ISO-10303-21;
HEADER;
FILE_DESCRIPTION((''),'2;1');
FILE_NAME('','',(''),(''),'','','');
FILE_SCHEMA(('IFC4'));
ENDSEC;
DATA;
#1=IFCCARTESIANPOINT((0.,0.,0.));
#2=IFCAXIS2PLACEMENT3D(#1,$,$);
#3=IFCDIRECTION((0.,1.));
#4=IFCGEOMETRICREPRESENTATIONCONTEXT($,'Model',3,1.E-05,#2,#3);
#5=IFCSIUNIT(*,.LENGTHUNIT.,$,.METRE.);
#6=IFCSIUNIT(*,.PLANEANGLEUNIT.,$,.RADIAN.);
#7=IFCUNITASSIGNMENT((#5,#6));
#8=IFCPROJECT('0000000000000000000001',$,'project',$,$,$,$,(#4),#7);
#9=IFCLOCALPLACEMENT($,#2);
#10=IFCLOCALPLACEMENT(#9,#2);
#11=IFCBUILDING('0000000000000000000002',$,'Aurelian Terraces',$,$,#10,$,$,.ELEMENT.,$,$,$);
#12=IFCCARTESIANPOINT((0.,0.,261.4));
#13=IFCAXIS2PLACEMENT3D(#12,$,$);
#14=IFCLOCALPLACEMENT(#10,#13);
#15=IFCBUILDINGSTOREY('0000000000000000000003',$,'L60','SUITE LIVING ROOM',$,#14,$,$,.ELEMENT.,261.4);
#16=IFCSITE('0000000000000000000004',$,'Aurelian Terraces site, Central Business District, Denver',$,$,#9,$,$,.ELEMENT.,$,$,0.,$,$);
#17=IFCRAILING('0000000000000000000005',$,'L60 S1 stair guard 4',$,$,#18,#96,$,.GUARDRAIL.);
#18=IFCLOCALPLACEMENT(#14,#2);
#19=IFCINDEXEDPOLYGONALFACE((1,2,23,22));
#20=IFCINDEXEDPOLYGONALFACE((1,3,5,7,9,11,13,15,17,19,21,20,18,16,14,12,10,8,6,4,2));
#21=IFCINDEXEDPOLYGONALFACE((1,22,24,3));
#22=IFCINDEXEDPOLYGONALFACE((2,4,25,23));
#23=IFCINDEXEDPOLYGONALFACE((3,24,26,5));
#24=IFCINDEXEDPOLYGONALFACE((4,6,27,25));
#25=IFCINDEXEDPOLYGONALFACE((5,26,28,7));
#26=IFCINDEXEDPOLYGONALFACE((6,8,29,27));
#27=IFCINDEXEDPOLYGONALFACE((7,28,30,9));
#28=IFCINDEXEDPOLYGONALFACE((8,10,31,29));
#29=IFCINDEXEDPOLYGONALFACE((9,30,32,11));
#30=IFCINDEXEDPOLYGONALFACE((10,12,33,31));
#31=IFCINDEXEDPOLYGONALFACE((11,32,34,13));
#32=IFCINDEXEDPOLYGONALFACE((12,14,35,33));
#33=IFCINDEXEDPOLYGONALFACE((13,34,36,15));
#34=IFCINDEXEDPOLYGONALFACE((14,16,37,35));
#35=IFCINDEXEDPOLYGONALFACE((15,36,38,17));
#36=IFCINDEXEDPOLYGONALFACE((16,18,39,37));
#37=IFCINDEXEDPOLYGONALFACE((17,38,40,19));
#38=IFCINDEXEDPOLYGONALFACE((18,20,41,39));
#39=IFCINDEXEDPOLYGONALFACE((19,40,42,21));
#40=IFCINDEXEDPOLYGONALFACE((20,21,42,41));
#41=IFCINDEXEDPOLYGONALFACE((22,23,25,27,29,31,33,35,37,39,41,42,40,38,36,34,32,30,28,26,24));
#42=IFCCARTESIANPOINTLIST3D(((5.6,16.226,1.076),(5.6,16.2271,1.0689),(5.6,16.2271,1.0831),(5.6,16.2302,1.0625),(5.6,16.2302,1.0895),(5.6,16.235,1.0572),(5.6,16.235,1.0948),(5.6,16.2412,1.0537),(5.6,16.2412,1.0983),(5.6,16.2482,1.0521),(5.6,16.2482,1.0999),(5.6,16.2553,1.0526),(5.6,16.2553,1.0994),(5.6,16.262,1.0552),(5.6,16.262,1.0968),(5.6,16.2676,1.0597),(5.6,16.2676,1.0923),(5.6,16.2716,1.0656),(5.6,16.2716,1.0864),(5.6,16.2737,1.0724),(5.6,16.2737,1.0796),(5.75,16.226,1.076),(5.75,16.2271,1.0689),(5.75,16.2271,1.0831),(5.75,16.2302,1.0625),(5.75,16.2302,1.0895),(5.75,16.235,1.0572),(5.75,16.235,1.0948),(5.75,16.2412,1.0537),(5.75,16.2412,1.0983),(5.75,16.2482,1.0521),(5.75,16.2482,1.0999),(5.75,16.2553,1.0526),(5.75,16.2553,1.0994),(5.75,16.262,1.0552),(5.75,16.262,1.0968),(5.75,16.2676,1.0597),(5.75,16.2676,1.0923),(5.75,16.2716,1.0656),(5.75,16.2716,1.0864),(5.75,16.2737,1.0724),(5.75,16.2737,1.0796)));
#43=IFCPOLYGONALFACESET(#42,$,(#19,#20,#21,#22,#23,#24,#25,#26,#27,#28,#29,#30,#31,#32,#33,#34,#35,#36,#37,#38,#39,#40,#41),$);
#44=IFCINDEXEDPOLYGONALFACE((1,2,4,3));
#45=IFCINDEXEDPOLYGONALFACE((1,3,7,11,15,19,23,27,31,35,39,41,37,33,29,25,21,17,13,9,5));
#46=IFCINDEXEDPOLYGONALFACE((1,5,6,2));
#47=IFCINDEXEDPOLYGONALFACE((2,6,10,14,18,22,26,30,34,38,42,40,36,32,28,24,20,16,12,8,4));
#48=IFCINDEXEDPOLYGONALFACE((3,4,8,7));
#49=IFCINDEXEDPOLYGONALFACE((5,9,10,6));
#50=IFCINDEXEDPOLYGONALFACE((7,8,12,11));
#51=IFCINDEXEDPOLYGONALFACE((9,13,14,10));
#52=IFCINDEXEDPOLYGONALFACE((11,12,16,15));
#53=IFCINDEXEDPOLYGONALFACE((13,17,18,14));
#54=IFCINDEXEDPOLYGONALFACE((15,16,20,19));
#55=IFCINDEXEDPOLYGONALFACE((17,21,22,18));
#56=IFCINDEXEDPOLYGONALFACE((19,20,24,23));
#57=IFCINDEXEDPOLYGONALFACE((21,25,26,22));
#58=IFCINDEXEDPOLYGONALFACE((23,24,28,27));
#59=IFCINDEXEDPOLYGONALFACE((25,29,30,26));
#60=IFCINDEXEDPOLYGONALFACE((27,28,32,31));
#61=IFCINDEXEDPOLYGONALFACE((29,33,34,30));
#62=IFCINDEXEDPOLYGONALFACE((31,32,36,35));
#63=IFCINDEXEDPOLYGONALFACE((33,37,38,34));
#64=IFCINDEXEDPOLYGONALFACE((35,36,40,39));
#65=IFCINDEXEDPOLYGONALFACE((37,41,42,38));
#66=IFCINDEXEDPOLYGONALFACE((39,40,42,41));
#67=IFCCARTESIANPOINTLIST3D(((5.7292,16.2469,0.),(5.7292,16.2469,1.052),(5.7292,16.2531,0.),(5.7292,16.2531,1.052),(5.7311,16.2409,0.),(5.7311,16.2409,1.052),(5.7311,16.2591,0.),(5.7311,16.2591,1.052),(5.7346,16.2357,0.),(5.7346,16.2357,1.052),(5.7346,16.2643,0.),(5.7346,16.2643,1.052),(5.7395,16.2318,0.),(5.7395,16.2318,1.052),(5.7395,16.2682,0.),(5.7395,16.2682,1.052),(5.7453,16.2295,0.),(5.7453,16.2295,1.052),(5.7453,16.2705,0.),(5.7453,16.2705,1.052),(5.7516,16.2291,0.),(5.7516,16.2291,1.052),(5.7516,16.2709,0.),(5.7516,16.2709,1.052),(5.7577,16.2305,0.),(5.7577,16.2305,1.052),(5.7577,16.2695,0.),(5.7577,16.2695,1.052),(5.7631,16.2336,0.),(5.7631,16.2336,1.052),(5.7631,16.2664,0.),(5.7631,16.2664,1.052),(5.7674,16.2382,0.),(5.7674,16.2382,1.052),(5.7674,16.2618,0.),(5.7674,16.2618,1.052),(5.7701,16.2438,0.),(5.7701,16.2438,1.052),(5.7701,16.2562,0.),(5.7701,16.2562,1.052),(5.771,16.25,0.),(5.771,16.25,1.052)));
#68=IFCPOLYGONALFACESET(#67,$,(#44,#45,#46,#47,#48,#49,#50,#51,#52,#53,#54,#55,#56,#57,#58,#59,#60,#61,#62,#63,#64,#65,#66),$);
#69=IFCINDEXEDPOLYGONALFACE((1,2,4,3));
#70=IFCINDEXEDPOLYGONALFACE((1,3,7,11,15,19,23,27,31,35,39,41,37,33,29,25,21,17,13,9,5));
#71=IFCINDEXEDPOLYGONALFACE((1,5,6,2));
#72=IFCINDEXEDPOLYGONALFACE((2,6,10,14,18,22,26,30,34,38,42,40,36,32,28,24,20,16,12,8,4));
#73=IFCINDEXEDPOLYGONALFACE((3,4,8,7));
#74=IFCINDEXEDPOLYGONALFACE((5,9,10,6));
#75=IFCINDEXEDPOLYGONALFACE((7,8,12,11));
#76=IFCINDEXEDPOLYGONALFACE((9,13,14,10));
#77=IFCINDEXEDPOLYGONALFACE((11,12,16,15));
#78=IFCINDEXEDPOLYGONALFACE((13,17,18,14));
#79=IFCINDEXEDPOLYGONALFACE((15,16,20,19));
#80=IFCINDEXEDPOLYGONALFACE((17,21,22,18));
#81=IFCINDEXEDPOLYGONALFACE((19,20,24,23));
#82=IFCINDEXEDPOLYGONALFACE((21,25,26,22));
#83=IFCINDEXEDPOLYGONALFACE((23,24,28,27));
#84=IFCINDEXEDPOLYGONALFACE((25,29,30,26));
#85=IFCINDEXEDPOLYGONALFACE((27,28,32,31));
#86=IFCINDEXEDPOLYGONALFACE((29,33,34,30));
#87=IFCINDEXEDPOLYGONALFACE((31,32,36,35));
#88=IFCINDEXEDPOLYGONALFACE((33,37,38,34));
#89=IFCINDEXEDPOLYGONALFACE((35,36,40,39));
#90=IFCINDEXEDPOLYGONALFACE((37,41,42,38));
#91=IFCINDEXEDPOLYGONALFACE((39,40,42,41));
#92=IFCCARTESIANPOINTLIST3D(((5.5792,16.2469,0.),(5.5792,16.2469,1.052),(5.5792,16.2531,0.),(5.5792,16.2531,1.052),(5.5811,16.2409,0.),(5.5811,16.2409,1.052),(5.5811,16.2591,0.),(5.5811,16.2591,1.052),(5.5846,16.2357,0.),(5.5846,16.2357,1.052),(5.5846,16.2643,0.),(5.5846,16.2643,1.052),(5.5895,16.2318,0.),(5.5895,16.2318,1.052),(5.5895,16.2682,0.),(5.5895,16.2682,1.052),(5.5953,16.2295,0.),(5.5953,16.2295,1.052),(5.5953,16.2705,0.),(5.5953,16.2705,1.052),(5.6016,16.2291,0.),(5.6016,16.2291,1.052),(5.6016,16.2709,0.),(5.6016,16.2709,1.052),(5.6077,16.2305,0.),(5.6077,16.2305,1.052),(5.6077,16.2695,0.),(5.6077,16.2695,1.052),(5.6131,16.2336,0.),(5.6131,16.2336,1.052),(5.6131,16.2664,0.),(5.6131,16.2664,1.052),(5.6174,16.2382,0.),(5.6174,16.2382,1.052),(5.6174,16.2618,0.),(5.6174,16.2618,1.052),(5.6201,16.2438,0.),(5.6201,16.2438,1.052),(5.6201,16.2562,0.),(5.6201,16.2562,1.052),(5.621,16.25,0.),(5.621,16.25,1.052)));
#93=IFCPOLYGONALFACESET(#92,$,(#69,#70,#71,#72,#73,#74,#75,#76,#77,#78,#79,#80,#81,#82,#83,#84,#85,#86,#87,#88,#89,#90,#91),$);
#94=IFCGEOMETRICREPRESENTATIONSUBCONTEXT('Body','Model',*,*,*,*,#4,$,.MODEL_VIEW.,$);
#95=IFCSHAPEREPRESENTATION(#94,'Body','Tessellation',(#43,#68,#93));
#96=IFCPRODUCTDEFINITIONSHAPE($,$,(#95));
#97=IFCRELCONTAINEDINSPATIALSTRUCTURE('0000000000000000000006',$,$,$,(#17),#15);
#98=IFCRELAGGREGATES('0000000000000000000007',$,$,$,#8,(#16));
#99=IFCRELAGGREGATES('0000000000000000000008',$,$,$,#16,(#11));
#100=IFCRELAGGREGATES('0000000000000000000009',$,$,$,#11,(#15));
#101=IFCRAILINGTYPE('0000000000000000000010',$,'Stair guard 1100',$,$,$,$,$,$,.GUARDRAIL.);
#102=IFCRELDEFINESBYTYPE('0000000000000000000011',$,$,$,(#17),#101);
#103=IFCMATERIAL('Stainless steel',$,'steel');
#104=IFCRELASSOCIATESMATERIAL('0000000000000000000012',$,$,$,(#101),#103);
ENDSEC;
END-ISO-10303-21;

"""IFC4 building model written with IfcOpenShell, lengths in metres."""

from ifc_helpers import new_model, si_unit, direction, frame, origin, origin_2d, place, context, subcontext, project, spatial, circle, extrude, source, transform, mapped, material, type_object, element, save


model = new_model("IFC4")

# Units and contexts
model_context = context("Model", 3, precision=1e-05, world=origin(), true_north=direction((0.0, 1.0)))
body_context = subcontext(model_context, "Body", "Model", "MODEL_VIEW")
ifc_project = project(units=[si_unit("LENGTHUNIT", "METRE"), si_unit("PLANEANGLEUNIT", "RADIAN")], contexts=[model_context])

# Site, building, storey
site_placement = place(None, origin())
site = spatial("IfcSite", under=ifc_project, at=site_placement, Name="Aurelian Terraces site, Central Business District, Denver", CompositionType="ELEMENT", RefElevation=0.0)
building_placement = place(site_placement, origin())
building = spatial("IfcBuilding", under=site, at=building_placement, Name="Aurelian Terraces", CompositionType="ELEMENT")
storey_placement = place(building_placement, frame((0.0, 0.0, 261.4)))
storey = spatial("IfcBuildingStorey", under=building, at=storey_placement, Name="L60", Description="SUITE LIVING ROOM", CompositionType="ELEMENT", Elevation=261.4)

# Railing
ifc_material_1 = material(Name="Stainless steel", Category="steel")
railing_type_1 = type_object("IfcRailingType", Name="Stair guard 1100", PredefinedType="GUARDRAIL", material=ifc_material_1)
shared_shape_1 = source(origin(), body_context, "Body", "SweptSolid", [
    extrude(circle(Radius=0.024, at=origin_2d()), frame((0.0, 0.0, 1.076), z_axis=(-1.0, 0.0, 0.0), x_axis=(0.0, -1.0, 0.0)), (0.0, 0.0, 1.0), 0.15),
    extrude(circle(Radius=0.021, at=origin_2d()), origin(), (0.0, 0.0, 1.0), 1.052),
    extrude(circle(Radius=0.021, at=origin_2d()), frame((-0.15, 0.0, 0.0)), (0.0, 0.0, 1.0), 1.052),
])
for number, where, name in (
    (1, (5.75, 16.25, 0.0), "L60 S1 stair guard 4"),
):
    element("IfcRailing", number, at=place(storey_placement, frame(where)), inside=storey, type_object=railing_type_1, Name=name, PredefinedType="GUARDRAIL", context=body_context, shape_type="MappedRepresentation", body=[
        mapped(shared_shape_1, transform((0.0, 0.0, 0.0), scale=1.0)),
    ])

save(model, "model.ifc")
